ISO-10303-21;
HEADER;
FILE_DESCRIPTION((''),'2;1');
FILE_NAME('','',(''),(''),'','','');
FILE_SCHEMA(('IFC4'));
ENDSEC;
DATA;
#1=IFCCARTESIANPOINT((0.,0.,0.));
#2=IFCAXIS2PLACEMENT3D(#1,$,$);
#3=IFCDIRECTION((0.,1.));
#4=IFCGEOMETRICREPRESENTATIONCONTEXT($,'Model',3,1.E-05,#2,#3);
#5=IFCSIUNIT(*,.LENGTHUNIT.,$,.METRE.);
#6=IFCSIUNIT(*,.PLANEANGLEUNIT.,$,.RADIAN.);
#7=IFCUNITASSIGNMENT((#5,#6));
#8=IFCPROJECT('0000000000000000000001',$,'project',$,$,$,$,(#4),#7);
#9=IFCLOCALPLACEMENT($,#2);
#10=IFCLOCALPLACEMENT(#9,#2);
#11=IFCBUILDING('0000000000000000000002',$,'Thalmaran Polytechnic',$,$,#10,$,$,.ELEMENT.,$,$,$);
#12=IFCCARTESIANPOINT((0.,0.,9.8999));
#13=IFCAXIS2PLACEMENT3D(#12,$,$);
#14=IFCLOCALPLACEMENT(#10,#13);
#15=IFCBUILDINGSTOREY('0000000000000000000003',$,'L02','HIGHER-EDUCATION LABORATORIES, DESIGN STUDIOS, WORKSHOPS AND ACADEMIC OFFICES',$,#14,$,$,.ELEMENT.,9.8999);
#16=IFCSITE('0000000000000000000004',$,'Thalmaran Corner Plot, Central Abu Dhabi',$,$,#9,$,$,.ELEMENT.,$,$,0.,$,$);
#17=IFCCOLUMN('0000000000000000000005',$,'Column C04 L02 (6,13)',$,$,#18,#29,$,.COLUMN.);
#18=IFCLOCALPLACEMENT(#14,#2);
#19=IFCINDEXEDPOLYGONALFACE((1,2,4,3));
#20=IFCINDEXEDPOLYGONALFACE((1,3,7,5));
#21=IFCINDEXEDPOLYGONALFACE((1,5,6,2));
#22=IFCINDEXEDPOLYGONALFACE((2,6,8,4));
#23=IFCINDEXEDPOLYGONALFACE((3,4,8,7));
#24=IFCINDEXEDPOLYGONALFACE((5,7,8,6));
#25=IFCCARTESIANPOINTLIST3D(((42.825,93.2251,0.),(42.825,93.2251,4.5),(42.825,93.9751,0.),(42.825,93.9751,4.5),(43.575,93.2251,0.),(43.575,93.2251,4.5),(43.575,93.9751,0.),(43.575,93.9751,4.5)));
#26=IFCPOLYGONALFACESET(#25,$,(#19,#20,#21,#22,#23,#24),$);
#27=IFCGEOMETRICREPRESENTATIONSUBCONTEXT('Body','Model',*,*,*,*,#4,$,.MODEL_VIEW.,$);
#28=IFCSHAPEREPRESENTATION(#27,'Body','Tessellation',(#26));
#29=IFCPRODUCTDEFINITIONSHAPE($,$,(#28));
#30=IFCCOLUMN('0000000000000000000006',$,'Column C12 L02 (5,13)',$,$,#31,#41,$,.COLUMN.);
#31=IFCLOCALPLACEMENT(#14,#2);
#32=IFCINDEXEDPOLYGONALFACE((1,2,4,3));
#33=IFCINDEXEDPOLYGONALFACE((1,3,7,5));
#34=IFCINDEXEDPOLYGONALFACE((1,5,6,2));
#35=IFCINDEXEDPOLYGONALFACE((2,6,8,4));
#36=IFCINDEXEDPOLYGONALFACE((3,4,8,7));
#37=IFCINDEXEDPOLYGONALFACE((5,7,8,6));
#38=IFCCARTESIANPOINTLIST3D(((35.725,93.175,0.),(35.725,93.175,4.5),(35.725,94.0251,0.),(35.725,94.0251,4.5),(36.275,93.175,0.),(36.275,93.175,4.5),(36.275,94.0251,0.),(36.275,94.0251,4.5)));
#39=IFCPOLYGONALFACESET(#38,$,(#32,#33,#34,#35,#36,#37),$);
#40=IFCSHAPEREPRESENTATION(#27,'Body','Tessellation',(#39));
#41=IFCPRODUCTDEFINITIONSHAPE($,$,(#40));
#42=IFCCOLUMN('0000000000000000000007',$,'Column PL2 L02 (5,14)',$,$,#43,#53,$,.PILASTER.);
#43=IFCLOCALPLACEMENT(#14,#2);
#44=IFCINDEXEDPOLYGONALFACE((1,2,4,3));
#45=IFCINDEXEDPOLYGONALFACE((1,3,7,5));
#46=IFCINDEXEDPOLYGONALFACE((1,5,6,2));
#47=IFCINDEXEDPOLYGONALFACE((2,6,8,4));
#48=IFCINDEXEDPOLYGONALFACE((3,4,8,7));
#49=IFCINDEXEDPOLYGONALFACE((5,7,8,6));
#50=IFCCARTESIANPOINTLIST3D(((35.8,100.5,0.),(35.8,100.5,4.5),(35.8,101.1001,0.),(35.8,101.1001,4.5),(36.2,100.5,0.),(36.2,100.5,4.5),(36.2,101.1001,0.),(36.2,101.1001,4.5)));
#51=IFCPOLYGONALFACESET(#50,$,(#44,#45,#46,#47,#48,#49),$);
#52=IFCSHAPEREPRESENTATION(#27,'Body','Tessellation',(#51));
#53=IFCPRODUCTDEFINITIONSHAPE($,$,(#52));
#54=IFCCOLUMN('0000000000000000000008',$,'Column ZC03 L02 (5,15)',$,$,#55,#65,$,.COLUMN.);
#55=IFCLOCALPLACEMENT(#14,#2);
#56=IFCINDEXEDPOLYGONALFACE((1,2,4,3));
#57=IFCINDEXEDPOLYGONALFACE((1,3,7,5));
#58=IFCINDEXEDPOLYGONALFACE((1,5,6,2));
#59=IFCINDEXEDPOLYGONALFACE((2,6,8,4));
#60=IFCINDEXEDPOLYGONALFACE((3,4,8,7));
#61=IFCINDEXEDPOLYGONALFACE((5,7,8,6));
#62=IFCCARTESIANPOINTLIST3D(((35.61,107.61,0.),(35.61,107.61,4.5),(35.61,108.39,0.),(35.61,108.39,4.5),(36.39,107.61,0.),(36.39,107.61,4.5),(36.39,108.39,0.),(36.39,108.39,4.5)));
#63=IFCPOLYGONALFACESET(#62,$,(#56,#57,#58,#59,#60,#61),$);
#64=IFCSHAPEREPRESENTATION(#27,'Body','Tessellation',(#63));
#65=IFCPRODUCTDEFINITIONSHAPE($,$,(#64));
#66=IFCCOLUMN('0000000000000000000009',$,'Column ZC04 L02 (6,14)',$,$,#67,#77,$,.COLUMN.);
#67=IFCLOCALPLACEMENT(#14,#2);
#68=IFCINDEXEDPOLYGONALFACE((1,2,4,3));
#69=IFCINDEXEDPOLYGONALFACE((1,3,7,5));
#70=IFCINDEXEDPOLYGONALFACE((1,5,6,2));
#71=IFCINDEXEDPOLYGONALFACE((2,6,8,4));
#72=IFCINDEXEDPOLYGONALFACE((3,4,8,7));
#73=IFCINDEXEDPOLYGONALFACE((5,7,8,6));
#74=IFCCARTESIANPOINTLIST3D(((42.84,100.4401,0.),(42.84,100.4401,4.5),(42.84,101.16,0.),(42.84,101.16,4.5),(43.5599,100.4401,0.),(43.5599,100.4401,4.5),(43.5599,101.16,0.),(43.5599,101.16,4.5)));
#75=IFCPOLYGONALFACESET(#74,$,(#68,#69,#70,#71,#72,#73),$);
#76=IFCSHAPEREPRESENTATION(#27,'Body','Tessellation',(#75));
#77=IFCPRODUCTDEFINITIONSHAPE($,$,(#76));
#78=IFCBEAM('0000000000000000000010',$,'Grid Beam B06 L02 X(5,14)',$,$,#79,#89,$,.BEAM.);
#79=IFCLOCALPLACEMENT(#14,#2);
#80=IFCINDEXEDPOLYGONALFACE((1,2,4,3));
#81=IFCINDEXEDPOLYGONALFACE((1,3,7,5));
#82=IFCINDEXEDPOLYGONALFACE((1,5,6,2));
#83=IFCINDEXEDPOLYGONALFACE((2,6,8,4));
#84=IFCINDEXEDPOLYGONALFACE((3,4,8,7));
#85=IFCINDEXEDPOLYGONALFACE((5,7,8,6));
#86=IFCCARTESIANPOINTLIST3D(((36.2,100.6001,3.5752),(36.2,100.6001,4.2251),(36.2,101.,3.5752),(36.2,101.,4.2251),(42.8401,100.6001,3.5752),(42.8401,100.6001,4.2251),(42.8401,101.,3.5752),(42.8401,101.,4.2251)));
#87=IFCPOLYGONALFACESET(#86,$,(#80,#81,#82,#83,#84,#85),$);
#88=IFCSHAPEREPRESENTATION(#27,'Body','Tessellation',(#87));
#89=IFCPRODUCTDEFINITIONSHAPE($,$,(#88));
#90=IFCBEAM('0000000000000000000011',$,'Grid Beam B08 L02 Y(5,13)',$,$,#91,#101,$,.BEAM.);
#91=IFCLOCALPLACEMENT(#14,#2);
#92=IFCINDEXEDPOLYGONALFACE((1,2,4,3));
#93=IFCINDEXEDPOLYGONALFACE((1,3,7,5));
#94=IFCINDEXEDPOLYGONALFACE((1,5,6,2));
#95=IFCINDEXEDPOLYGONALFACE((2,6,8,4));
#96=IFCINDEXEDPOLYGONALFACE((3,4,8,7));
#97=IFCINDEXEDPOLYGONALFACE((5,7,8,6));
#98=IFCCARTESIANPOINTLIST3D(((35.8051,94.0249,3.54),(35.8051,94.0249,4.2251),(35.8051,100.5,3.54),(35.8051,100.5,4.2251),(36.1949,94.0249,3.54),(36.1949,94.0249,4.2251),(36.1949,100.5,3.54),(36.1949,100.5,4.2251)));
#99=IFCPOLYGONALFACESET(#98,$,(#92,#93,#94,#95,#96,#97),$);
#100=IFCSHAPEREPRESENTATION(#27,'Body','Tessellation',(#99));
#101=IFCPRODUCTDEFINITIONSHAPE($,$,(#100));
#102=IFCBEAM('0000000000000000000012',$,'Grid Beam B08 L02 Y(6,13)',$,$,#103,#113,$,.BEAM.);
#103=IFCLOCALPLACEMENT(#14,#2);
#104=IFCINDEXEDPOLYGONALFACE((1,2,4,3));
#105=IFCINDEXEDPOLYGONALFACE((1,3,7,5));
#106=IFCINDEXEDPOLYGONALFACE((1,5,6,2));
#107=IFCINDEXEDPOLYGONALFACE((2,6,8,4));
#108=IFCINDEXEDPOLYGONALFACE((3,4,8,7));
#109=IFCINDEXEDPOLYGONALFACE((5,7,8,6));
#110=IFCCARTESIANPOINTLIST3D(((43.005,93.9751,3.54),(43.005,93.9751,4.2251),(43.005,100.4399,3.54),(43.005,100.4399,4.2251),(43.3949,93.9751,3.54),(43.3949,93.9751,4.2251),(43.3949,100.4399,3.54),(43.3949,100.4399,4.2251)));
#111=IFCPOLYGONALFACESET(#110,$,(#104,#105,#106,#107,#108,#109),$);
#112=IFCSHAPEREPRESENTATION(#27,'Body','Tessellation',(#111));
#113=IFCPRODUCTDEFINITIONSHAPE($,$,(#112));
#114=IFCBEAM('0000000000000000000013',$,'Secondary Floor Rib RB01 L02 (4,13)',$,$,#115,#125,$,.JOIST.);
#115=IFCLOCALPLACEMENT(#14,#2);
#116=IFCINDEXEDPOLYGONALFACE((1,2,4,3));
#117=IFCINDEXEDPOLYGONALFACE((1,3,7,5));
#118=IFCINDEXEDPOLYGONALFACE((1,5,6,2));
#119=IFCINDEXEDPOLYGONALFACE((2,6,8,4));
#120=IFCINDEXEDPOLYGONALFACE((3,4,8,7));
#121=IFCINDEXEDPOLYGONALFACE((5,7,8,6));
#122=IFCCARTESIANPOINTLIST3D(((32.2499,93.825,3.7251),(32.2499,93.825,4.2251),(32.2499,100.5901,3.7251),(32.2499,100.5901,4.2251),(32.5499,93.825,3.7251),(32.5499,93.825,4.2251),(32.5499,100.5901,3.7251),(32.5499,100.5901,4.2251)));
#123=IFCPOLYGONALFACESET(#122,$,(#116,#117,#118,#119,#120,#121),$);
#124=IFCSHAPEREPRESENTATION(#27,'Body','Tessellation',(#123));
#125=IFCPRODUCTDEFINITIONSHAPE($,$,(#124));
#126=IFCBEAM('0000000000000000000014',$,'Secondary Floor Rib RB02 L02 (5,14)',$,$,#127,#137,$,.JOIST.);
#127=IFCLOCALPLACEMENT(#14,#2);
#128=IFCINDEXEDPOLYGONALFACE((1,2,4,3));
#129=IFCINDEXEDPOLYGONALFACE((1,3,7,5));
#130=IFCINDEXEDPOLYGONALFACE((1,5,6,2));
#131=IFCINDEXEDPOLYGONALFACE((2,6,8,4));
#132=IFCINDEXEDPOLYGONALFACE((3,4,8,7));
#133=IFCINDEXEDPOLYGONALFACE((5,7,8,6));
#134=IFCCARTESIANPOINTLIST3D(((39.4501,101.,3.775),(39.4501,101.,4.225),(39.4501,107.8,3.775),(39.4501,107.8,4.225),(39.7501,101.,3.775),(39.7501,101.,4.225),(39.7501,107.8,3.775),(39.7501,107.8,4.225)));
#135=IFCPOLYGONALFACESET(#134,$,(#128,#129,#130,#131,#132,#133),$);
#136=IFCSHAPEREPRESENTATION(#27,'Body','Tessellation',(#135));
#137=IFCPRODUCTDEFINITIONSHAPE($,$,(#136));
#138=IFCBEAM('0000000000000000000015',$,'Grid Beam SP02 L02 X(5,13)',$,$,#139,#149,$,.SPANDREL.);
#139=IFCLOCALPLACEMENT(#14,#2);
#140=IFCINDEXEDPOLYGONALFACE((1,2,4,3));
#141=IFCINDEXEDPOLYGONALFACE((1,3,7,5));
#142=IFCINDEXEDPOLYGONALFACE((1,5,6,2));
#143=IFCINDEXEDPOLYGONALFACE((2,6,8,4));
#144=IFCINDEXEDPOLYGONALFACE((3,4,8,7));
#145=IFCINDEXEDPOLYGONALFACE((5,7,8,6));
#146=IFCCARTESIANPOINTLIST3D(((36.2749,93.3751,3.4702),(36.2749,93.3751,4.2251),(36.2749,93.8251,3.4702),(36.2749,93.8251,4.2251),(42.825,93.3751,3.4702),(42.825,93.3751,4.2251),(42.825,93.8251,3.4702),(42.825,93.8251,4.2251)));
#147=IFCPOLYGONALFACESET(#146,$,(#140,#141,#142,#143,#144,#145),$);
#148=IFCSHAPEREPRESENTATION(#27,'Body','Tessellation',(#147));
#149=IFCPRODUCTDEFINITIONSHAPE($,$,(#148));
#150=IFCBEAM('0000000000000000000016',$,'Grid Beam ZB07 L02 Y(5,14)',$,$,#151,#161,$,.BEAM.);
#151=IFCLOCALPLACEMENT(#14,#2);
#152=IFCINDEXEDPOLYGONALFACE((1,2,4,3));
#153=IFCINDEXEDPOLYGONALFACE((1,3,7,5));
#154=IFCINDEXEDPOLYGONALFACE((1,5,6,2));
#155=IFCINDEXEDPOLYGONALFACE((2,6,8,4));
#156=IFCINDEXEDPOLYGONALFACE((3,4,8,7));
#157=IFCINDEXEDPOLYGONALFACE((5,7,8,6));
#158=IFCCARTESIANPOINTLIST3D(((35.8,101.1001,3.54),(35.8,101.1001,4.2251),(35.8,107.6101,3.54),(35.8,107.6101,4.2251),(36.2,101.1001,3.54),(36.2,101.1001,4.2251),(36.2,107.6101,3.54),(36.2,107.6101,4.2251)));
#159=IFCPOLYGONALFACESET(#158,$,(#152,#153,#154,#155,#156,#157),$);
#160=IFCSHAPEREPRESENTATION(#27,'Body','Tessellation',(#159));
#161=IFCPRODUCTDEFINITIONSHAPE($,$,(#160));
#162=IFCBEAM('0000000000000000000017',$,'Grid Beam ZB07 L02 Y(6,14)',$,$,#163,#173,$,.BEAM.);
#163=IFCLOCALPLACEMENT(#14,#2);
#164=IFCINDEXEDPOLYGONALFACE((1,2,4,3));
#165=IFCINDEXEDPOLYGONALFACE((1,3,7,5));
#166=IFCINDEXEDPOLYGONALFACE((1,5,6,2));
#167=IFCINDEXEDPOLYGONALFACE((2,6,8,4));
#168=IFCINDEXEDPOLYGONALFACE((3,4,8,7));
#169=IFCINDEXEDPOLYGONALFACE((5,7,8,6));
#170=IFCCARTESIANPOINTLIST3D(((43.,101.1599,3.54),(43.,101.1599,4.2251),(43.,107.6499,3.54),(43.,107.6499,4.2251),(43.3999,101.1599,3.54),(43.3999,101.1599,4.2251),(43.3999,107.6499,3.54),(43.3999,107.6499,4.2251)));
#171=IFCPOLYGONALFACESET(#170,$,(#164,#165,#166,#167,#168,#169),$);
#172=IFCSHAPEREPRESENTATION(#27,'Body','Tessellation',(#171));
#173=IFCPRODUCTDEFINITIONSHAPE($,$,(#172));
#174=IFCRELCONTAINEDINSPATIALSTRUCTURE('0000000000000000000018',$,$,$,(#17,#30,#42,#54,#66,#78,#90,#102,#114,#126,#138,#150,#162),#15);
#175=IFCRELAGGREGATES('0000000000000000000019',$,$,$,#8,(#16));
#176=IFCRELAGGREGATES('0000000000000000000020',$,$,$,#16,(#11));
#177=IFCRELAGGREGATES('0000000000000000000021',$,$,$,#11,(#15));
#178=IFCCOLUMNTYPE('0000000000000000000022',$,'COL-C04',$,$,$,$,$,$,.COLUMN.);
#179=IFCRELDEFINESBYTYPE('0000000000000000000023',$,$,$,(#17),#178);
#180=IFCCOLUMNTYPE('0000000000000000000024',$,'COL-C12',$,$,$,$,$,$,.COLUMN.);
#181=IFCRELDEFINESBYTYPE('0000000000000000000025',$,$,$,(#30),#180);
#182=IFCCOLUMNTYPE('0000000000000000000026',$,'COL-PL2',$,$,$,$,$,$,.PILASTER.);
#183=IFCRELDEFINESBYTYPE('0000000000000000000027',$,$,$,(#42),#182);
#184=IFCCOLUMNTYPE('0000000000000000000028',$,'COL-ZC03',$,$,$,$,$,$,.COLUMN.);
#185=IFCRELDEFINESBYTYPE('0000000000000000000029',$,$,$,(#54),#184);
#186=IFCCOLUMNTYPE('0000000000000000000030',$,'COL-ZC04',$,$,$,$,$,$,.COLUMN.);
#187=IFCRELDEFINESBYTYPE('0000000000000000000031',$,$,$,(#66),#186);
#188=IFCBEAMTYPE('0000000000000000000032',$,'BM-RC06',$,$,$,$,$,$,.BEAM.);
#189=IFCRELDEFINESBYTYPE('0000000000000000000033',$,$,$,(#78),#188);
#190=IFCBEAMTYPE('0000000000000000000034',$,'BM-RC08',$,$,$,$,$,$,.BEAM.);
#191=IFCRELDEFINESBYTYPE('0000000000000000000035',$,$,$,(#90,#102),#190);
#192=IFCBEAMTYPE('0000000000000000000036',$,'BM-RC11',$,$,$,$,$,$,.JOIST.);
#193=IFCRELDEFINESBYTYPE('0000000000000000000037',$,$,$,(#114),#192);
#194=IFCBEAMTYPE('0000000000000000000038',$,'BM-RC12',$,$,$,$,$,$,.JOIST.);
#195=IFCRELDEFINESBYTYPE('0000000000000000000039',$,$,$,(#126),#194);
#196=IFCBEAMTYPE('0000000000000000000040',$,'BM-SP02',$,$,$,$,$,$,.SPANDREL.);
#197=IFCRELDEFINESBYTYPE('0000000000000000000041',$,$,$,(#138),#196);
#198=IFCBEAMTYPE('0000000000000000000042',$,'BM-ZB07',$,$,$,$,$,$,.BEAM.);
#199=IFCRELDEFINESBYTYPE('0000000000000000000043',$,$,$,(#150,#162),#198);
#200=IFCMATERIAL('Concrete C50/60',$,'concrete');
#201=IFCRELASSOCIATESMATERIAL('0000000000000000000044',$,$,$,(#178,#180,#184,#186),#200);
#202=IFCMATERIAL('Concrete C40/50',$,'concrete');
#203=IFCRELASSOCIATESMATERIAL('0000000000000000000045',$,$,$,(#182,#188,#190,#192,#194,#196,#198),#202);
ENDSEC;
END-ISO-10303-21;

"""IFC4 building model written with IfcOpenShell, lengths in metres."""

from ifc_helpers import new_model, si_unit, direction, frame, origin, origin_2d, place, context, subcontext, project, spatial, rectangle, extrude, material, material_profile, profile_set, type_object, element, save


model = new_model("IFC4")

# Units and contexts
model_context = context("Model", 3, precision=1e-05, world=origin(), true_north=direction((0.0, 1.0)))
body_context = subcontext(model_context, "Body", "Model", "MODEL_VIEW")
ifc_project = project(units=[si_unit("LENGTHUNIT", "METRE"), si_unit("PLANEANGLEUNIT", "RADIAN")], contexts=[model_context])

# Site, building, storey
site_placement = place(None, origin())
site = spatial("IfcSite", under=ifc_project, at=site_placement, Name="Thalmaran Corner Plot, Central Abu Dhabi", CompositionType="ELEMENT", RefElevation=0.0)
building_placement = place(site_placement, origin())
building = spatial("IfcBuilding", under=site, at=building_placement, Name="Thalmaran Polytechnic", CompositionType="ELEMENT")
storey_placement = place(building_placement, frame((0.0, 0.0, 9.8999)))
storey = spatial("IfcBuildingStorey", under=building, at=storey_placement, Name="L02", Description="HIGHER-EDUCATION LABORATORIES, DESIGN STUDIOS, WORKSHOPS AND ACADEMIC OFFICES", CompositionType="ELEMENT", Elevation=9.8999)

# Columns
ifc_material_1 = material(Name="Concrete C50/60", Category="concrete")
ifc_material_profile_1 = material_profile(ifc_material_1, rectangle(XDim=0.75, YDim=0.75, at=origin_2d()), Name="RC 750x750")
ifc_profile_set_1 = profile_set([ifc_material_profile_1], Name="Concrete C50/60")
column_type_1 = type_object("IfcColumnType", Name="COL-C04", PredefinedType="COLUMN", material=ifc_profile_set_1)
column_1_placement = place(storey_placement, frame((43.2, 93.6001, 0.0), z_axis=(0.0, 0.0, 1.0), x_axis=(1.0, 0.0, 0.0)))
element("IfcColumn", 1, at=column_1_placement, inside=storey, type_object=column_type_1, Name="Column C04 L02 (6,13)", PredefinedType="COLUMN", context=body_context, shape_type="SweptSolid", body=[
    extrude(rectangle(XDim=0.75, YDim=0.75, at=origin_2d()), origin(), (0.0, 0.0, 1.0), 4.5),
])
ifc_material_profile_2 = material_profile(ifc_material_1, rectangle(XDim=0.55, YDim=0.8501, at=origin_2d()), Name="RC 550x850")
ifc_profile_set_2 = profile_set([ifc_material_profile_2], Name="Concrete C50/60")
column_type_2 = type_object("IfcColumnType", Name="COL-C12", PredefinedType="COLUMN", material=ifc_profile_set_2)
column_2_placement = place(storey_placement, frame((36.0, 93.6001, 0.0), z_axis=(0.0, 0.0, 1.0), x_axis=(1.0, 0.0, 0.0)))
element("IfcColumn", 2, at=column_2_placement, inside=storey, type_object=column_type_2, Name="Column C12 L02 (5,13)", PredefinedType="COLUMN", context=body_context, shape_type="SweptSolid", body=[
    extrude(rectangle(XDim=0.55, YDim=0.8501, at=origin_2d()), origin(), (0.0, 0.0, 1.0), 4.5),
])
ifc_material_2 = material(Name="Concrete C40/50", Category="concrete")
ifc_material_profile_3 = material_profile(ifc_material_2, rectangle(XDim=0.3999, YDim=0.6001, at=origin_2d()), Name="RC 400x600")
ifc_profile_set_3 = profile_set([ifc_material_profile_3], Name="Concrete C40/50")
column_type_3 = type_object("IfcColumnType", Name="COL-PL2", PredefinedType="PILASTER", material=ifc_profile_set_3)
column_3_placement = place(storey_placement, frame((36.0, 100.8, 0.0), z_axis=(0.0, 0.0, 1.0), x_axis=(1.0, 0.0, 0.0)))
element("IfcColumn", 3, at=column_3_placement, inside=storey, type_object=column_type_3, Name="Column PL2 L02 (5,14)", PredefinedType="PILASTER", context=body_context, shape_type="SweptSolid", body=[
    extrude(rectangle(XDim=0.3999, YDim=0.6001, at=origin_2d()), origin(), (0.0, 0.0, 1.0), 4.5),
])
ifc_material_profile_4 = material_profile(ifc_material_1, rectangle(XDim=0.78, YDim=0.78, at=origin_2d()), Name="RC 780x780")
ifc_profile_set_4 = profile_set([ifc_material_profile_4], Name="Concrete C50/60")
column_type_4 = type_object("IfcColumnType", Name="COL-ZC03", PredefinedType="COLUMN", material=ifc_profile_set_4)
column_4_placement = place(storey_placement, frame((36.0, 108.0, 0.0), z_axis=(0.0, 0.0, 1.0), x_axis=(1.0, 0.0, 0.0)))
element("IfcColumn", 4, at=column_4_placement, inside=storey, type_object=column_type_4, Name="Column ZC03 L02 (5,15)", PredefinedType="COLUMN", context=body_context, shape_type="SweptSolid", body=[
    extrude(rectangle(XDim=0.78, YDim=0.78, at=origin_2d()), origin(), (0.0, 0.0, 1.0), 4.5),
])
ifc_material_profile_5 = material_profile(ifc_material_1, rectangle(XDim=0.72, YDim=0.72, at=origin_2d()), Name="RC 720x720")
ifc_profile_set_5 = profile_set([ifc_material_profile_5], Name="Concrete C50/60")
column_type_5 = type_object("IfcColumnType", Name="COL-ZC04", PredefinedType="COLUMN", material=ifc_profile_set_5)
column_5_placement = place(storey_placement, frame((43.2, 100.8, 0.0), z_axis=(0.0, 0.0, 1.0), x_axis=(1.0, 0.0, 0.0)))
element("IfcColumn", 5, at=column_5_placement, inside=storey, type_object=column_type_5, Name="Column ZC04 L02 (6,14)", PredefinedType="COLUMN", context=body_context, shape_type="SweptSolid", body=[
    extrude(rectangle(XDim=0.72, YDim=0.72, at=origin_2d()), origin(), (0.0, 0.0, 1.0), 4.5),
])

# Beams
ifc_material_profile_6 = material_profile(ifc_material_2, rectangle(XDim=0.3999, YDim=0.6499, at=origin_2d()), Name="RC 400x650")
ifc_profile_set_6 = profile_set([ifc_material_profile_6], Name="Concrete C40/50")
beam_type_1 = type_object("IfcBeamType", Name="BM-RC06", PredefinedType="BEAM", material=ifc_profile_set_6)
beam_1_placement = place(storey_placement, frame((36.2, 100.8, 3.9001), z_axis=(1.0, 0.0, 0.0), x_axis=(0.0, 1.0, 0.0)))
element("IfcBeam", 6, at=beam_1_placement, inside=storey, type_object=beam_type_1, Name="Grid Beam B06 L02 X(5,14)", PredefinedType="BEAM", context=body_context, shape_type="SweptSolid", body=[
    extrude(rectangle(XDim=0.3999, YDim=0.6499, at=origin_2d()), origin(), (0.0, 0.0, 1.0), 6.6401),
])
ifc_material_profile_7 = material_profile(ifc_material_2, rectangle(XDim=0.3899, YDim=0.6851, at=origin_2d()), Name="RC 390x685")
ifc_profile_set_7 = profile_set([ifc_material_profile_7], Name="Concrete C40/50")
beam_type_2 = type_object("IfcBeamType", Name="BM-RC08", PredefinedType="BEAM", material=ifc_profile_set_7)
beam_2_placement = place(storey_placement, frame((36.0, 94.0249, 3.8826), z_axis=(0.0, 1.0, 0.0), x_axis=(-1.0, 0.0, 0.0)))
element("IfcBeam", 7, at=beam_2_placement, inside=storey, type_object=beam_type_2, Name="Grid Beam B08 L02 Y(5,13)", PredefinedType="BEAM", context=body_context, shape_type="SweptSolid", body=[
    extrude(rectangle(XDim=0.3899, YDim=0.6851, at=origin_2d()), origin(), (0.0, 0.0, 1.0), 6.4751),
])
beam_3_placement = place(storey_placement, frame((43.2, 93.9751, 3.8826), z_axis=(0.0, 1.0, 0.0), x_axis=(-1.0, 0.0, 0.0)))
element("IfcBeam", 8, at=beam_3_placement, inside=storey, type_object=beam_type_2, Name="Grid Beam B08 L02 Y(6,13)", PredefinedType="BEAM", context=body_context, shape_type="SweptSolid", body=[
    extrude(rectangle(XDim=0.3899, YDim=0.6851, at=origin_2d()), origin(), (0.0, 0.0, 1.0), 6.4648),
])
ifc_material_profile_8 = material_profile(ifc_material_2, rectangle(XDim=0.3, YDim=0.5, at=origin_2d()), Name="RC 300x500")
ifc_profile_set_8 = profile_set([ifc_material_profile_8], Name="Concrete C40/50")
beam_type_3 = type_object("IfcBeamType", Name="BM-RC11", PredefinedType="JOIST", material=ifc_profile_set_8)
beam_4_placement = place(storey_placement, frame((32.3999, 93.825, 3.9751), z_axis=(0.0, 1.0, 0.0), x_axis=(-1.0, 0.0, 0.0)))
element("IfcBeam", 9, at=beam_4_placement, inside=storey, type_object=beam_type_3, Name="Secondary Floor Rib RB01 L02 (4,13)", PredefinedType="JOIST", context=body_context, shape_type="SweptSolid", body=[
    extrude(rectangle(XDim=0.3, YDim=0.5, at=origin_2d()), origin(), (0.0, 0.0, 1.0), 6.7651),
])
ifc_material_profile_9 = material_profile(ifc_material_2, rectangle(XDim=0.3, YDim=0.45, at=origin_2d()), Name="RC 300x450")
ifc_profile_set_9 = profile_set([ifc_material_profile_9], Name="Concrete C40/50")
beam_type_4 = type_object("IfcBeamType", Name="BM-RC12", PredefinedType="JOIST", material=ifc_profile_set_9)
beam_5_placement = place(storey_placement, frame((39.6001, 101.0, 4.0), z_axis=(0.0, 1.0, 0.0), x_axis=(-1.0, 0.0, 0.0)))
element("IfcBeam", 10, at=beam_5_placement, inside=storey, type_object=beam_type_4, Name="Secondary Floor Rib RB02 L02 (5,14)", PredefinedType="JOIST", context=body_context, shape_type="SweptSolid", body=[
    extrude(rectangle(XDim=0.3, YDim=0.45, at=origin_2d()), origin(), (0.0, 0.0, 1.0), 6.8),
])
ifc_material_profile_10 = material_profile(ifc_material_2, rectangle(XDim=0.45, YDim=0.7549, at=origin_2d()), Name="RC 450x755")
ifc_profile_set_10 = profile_set([ifc_material_profile_10], Name="Concrete C40/50")
beam_type_5 = type_object("IfcBeamType", Name="BM-SP02", PredefinedType="SPANDREL", material=ifc_profile_set_10)
beam_6_placement = place(storey_placement, frame((36.2749, 93.6001, 3.8477), z_axis=(1.0, 0.0, 0.0), x_axis=(0.0, 1.0, 0.0)))
element("IfcBeam", 11, at=beam_6_placement, inside=storey, type_object=beam_type_5, Name="Grid Beam SP02 L02 X(5,13)", PredefinedType="SPANDREL", context=body_context, shape_type="SweptSolid", body=[
    extrude(rectangle(XDim=0.45, YDim=0.7549, at=origin_2d()), origin(), (0.0, 0.0, 1.0), 6.55),
])
ifc_material_profile_11 = material_profile(ifc_material_2, rectangle(XDim=0.3999, YDim=0.6851, at=origin_2d()), Name="RC 400x685")
ifc_profile_set_11 = profile_set([ifc_material_profile_11], Name="Concrete C40/50")
beam_type_6 = type_object("IfcBeamType", Name="BM-ZB07", PredefinedType="BEAM", material=ifc_profile_set_11)
beam_7_placement = place(storey_placement, frame((36.0, 101.1001, 3.8826), z_axis=(0.0, 1.0, 0.0), x_axis=(-1.0, 0.0, 0.0)))
element("IfcBeam", 12, at=beam_7_placement, inside=storey, type_object=beam_type_6, Name="Grid Beam ZB07 L02 Y(5,14)", PredefinedType="BEAM", context=body_context, shape_type="SweptSolid", body=[
    extrude(rectangle(XDim=0.3999, YDim=0.6851, at=origin_2d()), origin(), (0.0, 0.0, 1.0), 6.51),
])
beam_8_placement = place(storey_placement, frame((43.2, 101.1599, 3.8826), z_axis=(0.0, 1.0, 0.0), x_axis=(-1.0, 0.0, 0.0)))
element("IfcBeam", 13, at=beam_8_placement, inside=storey, type_object=beam_type_6, Name="Grid Beam ZB07 L02 Y(6,14)", PredefinedType="BEAM", context=body_context, shape_type="SweptSolid", body=[
    extrude(rectangle(XDim=0.3999, YDim=0.6851, at=origin_2d()), origin(), (0.0, 0.0, 1.0), 6.49),
])

save(model, "model.ifc")
